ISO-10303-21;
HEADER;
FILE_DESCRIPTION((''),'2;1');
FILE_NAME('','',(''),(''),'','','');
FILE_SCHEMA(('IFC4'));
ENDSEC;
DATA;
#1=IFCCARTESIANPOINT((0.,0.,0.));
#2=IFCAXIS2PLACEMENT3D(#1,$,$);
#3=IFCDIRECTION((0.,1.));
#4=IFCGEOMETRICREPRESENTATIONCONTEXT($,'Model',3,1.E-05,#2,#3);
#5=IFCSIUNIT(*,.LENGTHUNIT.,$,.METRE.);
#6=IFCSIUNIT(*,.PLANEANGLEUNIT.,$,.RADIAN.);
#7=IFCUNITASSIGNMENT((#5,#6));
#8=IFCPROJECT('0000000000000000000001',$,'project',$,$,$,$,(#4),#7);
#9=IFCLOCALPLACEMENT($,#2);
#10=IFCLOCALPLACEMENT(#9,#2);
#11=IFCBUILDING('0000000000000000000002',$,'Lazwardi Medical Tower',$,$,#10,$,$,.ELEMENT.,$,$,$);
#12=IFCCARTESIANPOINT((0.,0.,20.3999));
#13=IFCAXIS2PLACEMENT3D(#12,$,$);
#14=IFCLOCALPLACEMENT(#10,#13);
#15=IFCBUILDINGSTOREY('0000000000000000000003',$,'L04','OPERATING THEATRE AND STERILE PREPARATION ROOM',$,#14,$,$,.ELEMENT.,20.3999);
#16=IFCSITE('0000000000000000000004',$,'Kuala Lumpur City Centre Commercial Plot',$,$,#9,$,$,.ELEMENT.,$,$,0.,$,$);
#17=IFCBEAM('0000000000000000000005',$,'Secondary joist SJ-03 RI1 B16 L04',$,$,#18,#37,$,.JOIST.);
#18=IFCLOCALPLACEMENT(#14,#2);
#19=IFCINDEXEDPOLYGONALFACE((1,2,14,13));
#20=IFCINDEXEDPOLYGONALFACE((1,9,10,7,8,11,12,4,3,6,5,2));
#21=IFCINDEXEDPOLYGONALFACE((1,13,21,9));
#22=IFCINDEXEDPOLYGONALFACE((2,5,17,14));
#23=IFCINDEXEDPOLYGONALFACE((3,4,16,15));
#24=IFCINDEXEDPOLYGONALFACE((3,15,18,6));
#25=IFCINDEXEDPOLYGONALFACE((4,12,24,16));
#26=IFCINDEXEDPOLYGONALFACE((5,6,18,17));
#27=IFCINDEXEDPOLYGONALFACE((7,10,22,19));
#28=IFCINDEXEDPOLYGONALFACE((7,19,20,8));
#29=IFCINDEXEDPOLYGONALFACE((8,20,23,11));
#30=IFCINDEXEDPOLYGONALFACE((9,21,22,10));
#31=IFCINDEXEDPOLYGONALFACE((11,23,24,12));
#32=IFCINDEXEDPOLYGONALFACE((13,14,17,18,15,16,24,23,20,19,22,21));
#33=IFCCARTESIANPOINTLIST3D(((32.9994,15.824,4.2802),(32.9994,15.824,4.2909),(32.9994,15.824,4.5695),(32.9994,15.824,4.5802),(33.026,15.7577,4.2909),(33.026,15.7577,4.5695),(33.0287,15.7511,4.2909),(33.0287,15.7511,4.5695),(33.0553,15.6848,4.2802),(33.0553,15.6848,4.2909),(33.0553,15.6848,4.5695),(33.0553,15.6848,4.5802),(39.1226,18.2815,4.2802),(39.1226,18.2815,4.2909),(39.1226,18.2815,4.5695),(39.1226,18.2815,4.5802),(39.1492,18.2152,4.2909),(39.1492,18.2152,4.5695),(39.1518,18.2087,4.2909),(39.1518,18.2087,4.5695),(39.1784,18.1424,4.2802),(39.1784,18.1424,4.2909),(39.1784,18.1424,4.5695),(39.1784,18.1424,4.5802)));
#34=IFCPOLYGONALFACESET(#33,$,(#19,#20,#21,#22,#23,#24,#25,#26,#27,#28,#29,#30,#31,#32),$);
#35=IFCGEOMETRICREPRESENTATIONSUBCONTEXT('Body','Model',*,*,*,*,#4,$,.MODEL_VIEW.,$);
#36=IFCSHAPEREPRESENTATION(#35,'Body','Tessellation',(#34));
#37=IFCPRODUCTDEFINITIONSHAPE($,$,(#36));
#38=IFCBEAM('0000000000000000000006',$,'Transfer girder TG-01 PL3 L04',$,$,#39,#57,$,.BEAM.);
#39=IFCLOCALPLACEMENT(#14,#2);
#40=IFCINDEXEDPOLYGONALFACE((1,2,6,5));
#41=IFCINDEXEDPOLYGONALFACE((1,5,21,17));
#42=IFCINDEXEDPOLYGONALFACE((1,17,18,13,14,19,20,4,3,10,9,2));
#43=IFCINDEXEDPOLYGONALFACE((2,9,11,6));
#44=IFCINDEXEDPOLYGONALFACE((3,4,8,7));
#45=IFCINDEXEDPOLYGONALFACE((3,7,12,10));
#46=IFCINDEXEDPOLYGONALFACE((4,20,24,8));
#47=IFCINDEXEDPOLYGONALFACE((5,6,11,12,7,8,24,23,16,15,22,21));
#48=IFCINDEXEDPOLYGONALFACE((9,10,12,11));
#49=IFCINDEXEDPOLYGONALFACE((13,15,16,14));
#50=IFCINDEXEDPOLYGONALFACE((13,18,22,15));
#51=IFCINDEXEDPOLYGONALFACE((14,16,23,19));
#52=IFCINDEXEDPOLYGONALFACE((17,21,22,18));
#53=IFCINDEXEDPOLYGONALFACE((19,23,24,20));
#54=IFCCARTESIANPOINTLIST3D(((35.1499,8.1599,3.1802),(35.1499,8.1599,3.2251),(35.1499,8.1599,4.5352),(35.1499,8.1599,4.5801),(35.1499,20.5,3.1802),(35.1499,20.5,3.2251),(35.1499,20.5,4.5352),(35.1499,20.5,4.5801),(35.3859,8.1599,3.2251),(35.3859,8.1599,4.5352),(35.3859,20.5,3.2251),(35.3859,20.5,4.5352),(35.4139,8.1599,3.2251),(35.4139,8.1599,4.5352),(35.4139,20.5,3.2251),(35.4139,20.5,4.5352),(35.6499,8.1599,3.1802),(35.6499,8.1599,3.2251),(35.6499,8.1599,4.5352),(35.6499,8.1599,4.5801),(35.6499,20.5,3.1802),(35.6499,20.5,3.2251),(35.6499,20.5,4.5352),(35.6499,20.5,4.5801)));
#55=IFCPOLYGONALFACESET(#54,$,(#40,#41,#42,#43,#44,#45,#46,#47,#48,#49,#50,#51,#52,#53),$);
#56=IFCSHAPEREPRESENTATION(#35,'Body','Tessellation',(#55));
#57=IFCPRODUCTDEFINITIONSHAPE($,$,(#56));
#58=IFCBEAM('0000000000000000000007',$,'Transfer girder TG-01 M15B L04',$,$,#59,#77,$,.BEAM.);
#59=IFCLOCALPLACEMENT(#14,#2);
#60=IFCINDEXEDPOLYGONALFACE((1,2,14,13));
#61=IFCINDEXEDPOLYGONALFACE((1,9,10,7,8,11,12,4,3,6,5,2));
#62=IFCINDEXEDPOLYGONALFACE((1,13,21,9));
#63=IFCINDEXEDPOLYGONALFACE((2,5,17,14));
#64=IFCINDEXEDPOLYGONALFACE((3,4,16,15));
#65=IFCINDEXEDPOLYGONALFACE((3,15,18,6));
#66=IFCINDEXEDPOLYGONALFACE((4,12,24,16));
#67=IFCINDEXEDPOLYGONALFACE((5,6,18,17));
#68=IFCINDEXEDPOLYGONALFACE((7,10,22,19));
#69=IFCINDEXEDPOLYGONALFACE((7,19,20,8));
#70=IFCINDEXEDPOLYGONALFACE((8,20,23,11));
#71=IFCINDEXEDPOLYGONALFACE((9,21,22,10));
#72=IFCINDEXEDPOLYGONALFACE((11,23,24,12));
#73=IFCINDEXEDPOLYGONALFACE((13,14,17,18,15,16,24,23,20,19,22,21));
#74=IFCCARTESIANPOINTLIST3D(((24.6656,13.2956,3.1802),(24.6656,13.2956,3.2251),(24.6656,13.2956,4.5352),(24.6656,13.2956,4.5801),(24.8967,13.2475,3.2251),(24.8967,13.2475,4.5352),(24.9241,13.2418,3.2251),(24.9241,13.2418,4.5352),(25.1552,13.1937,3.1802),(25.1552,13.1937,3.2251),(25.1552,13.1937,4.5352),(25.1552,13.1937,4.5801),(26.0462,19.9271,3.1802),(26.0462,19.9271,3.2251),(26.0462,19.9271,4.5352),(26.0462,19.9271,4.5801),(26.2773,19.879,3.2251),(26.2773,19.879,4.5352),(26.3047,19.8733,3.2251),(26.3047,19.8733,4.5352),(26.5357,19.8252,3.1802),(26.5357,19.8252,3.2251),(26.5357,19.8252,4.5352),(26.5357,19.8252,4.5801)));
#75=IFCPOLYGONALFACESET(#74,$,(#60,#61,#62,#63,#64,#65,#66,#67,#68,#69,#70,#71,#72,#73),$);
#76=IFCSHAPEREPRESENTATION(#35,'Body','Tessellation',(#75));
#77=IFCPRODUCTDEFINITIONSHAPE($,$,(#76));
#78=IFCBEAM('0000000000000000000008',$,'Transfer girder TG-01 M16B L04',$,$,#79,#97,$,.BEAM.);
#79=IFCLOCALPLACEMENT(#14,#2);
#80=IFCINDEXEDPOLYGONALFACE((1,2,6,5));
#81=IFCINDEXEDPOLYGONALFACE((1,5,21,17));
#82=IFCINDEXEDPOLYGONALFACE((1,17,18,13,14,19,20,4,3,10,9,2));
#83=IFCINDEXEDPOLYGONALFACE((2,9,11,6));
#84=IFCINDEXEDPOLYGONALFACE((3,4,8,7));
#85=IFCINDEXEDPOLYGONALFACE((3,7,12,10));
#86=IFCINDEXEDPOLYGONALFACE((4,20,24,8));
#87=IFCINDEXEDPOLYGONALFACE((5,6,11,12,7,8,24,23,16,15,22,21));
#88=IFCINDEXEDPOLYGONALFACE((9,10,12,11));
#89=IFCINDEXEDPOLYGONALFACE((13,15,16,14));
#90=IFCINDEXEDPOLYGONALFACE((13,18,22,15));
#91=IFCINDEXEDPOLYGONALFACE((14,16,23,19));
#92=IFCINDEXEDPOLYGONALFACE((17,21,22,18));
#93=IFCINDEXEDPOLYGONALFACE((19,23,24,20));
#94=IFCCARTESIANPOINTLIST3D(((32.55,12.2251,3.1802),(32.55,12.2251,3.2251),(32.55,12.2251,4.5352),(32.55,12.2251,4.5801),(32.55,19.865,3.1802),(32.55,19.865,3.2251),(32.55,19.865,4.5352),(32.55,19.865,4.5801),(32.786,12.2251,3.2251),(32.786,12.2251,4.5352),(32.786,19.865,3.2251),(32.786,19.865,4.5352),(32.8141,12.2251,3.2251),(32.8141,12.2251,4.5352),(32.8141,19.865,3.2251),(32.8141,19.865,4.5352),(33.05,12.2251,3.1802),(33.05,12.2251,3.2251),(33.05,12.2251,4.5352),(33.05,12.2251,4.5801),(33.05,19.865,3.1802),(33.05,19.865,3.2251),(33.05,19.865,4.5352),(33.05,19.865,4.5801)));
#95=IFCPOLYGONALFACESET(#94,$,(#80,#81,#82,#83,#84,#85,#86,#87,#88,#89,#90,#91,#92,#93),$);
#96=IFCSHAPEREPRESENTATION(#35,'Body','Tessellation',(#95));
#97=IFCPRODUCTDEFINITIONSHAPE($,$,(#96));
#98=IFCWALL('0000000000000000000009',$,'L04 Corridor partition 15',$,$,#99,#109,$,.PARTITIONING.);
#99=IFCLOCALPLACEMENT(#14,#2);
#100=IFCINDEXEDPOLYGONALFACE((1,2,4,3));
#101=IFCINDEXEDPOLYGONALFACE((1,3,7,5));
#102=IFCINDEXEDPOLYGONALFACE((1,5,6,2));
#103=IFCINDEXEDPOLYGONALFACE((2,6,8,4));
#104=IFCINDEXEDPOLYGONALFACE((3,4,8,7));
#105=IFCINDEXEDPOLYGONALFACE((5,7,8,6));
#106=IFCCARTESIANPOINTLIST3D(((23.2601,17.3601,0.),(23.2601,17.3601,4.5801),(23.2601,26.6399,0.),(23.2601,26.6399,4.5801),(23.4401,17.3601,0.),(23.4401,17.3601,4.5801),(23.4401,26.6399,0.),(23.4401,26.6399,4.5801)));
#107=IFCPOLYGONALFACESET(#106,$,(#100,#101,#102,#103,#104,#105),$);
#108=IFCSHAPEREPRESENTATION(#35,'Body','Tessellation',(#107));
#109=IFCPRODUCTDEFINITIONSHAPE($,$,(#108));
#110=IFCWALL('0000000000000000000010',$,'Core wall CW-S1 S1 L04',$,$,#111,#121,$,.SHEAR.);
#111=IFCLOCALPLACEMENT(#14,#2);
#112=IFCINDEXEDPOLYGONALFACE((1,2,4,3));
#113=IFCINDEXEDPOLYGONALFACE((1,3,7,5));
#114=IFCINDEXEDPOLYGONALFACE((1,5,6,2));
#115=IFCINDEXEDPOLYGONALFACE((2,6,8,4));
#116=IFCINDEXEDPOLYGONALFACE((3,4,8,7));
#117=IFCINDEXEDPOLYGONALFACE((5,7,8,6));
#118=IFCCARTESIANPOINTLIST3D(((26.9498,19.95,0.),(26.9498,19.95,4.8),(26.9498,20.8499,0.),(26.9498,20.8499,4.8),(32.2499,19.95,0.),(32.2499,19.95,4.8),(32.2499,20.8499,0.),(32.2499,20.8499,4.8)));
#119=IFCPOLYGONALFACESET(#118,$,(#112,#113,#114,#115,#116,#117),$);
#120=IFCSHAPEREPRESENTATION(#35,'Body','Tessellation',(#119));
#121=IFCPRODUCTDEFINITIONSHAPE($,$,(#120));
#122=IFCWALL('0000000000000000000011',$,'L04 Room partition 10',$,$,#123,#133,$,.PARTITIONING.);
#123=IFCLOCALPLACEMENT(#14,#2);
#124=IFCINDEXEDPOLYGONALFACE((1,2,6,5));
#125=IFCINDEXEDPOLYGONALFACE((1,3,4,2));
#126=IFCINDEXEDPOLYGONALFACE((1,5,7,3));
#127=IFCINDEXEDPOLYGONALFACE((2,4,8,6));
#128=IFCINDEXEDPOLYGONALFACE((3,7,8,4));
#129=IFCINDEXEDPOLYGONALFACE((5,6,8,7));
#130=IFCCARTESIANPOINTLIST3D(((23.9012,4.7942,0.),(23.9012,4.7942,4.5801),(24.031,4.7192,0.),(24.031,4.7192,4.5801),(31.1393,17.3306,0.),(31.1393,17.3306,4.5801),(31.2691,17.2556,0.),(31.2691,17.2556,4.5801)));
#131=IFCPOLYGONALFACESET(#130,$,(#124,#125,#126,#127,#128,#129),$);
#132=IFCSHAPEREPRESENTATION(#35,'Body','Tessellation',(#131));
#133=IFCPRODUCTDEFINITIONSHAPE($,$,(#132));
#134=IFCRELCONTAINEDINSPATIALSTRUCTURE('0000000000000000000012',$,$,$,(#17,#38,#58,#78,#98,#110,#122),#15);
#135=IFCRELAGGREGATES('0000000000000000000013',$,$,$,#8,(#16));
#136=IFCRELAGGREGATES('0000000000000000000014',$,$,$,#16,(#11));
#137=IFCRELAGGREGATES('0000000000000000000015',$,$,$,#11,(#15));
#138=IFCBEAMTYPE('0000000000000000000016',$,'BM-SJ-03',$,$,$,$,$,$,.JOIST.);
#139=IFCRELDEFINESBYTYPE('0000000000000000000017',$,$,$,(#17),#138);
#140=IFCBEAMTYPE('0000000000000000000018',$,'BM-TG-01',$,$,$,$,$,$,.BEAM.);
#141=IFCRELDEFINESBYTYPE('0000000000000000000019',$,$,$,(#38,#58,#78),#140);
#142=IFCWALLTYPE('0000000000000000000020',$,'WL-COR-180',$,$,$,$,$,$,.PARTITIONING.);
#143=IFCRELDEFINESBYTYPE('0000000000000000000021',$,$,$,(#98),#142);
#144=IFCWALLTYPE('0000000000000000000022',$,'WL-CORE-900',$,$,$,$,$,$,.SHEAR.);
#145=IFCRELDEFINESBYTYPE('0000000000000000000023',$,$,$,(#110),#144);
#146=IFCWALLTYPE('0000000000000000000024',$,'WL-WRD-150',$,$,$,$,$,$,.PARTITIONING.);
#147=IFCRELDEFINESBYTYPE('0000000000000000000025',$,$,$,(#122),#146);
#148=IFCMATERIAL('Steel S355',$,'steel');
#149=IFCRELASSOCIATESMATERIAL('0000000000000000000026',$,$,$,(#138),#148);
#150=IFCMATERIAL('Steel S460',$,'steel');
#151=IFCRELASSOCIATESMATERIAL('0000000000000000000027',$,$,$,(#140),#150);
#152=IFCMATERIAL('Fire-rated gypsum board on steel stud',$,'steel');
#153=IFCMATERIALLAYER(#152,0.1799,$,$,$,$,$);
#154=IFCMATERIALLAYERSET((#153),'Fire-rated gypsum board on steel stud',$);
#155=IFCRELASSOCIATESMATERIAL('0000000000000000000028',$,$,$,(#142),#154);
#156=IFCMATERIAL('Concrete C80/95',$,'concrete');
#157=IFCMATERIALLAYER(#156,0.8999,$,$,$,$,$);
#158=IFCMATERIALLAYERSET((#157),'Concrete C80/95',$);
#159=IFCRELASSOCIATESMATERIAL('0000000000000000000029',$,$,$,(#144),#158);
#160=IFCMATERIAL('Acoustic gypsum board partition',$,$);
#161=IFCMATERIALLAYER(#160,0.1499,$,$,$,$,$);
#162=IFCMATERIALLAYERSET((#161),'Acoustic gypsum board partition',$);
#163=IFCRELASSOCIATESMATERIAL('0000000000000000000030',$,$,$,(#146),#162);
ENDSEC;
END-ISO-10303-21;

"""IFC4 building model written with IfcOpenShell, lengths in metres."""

from ifc_helpers import new_model, si_unit, direction, frame, frame_2d, origin, origin_2d, place, context, subcontext, project, spatial, rectangle, i_section, extrude, material, layer, layer_set, material_profile, profile_set, type_object, element, save


model = new_model("IFC4")

# Units and contexts
model_context = context("Model", 3, precision=1e-05, world=origin(), true_north=direction((0.0, 1.0)))
body_context = subcontext(model_context, "Body", "Model", "MODEL_VIEW")
ifc_project = project(units=[si_unit("LENGTHUNIT", "METRE"), si_unit("PLANEANGLEUNIT", "RADIAN")], contexts=[model_context])

# Site, building, storey
site_placement = place(None, origin())
site = spatial("IfcSite", under=ifc_project, at=site_placement, Name="Kuala Lumpur City Centre Commercial Plot", CompositionType="ELEMENT", RefElevation=0.0)
building_placement = place(site_placement, origin())
building = spatial("IfcBuilding", under=site, at=building_placement, Name="Lazwardi Medical Tower", CompositionType="ELEMENT")
storey_placement = place(building_placement, frame((0.0, 0.0, 20.3999)))
storey = spatial("IfcBuildingStorey", under=building, at=storey_placement, Name="L04", Description="OPERATING THEATRE AND STERILE PREPARATION ROOM", CompositionType="ELEMENT", Elevation=20.3999)

# Shared definitions
ifc_material_1 = material(Name="Concrete C80/95", Category="concrete")

# Beams
ifc_material_2 = material(Name="Steel S460", Category="steel")
ifc_material_3 = material(Name="Steel S355", Category="steel")
ifc_material_profile_1 = material_profile(ifc_material_3, i_section(OverallWidth=0.1499, OverallDepth=0.3, WebThickness=0.0071, FlangeThickness=0.0107, at=origin_2d()), Name="IPE 300")
ifc_profile_set_1 = profile_set([ifc_material_profile_1], Name="Steel S355")
beam_type_1 = type_object("IfcBeamType", Name="BM-SJ-03", PredefinedType="JOIST", material=ifc_profile_set_1)
beam_1_placement = place(storey_placement, frame((33.0273, 15.7544, 4.4302), z_axis=(0.928042, 0.372475, 0.0), x_axis=(-0.372475, 0.928042, 0.0)))
element("IfcBeam", 1, at=beam_1_placement, inside=storey, type_object=beam_type_1, Name="Secondary joist SJ-03 RI1 B16 L04", PredefinedType="JOIST", context=body_context, shape_type="SweptSolid", body=[
    extrude(i_section(OverallWidth=0.1499, OverallDepth=0.3, WebThickness=0.0071, FlangeThickness=0.0107, at=origin_2d()), origin(), (0.0, 0.0, 1.0), 6.5979),
])
ifc_material_profile_2 = material_profile(ifc_material_2, i_section(OverallWidth=0.5, OverallDepth=1.3999, WebThickness=0.0281, FlangeThickness=0.0449, at=origin_2d()), Name="PG 1400x500")
ifc_profile_set_2 = profile_set([ifc_material_profile_2], Name="Steel S460")
beam_type_2 = type_object("IfcBeamType", Name="BM-TG-01", PredefinedType="BEAM", material=ifc_profile_set_2)
beam_2_placement = place(storey_placement, frame((35.3999, 8.1599, 3.8801), z_axis=(0.0, 1.0, 0.0), x_axis=(-1.0, 0.0, 0.0)))
element("IfcBeam", 2, at=beam_2_placement, inside=storey, type_object=beam_type_2, Name="Transfer girder TG-01 PL3 L04", PredefinedType="BEAM", context=body_context, shape_type="SweptSolid", body=[
    extrude(i_section(OverallWidth=0.5, OverallDepth=1.3999, WebThickness=0.0281, FlangeThickness=0.0449, at=origin_2d()), origin(), (0.0, 0.0, 1.0), 12.3401),
])
beam_3_placement = place(storey_placement, frame((24.9104, 13.2446, 3.8801), z_axis=(0.203818, 0.979009, 0.0), x_axis=(-0.979009, 0.203818, 0.0)))
element("IfcBeam", 3, at=beam_3_placement, inside=storey, type_object=beam_type_2, Name="Transfer girder TG-01 M15B L04", PredefinedType="BEAM", context=body_context, shape_type="SweptSolid", body=[
    extrude(i_section(OverallWidth=0.5, OverallDepth=1.3999, WebThickness=0.0281, FlangeThickness=0.0449, at=origin_2d()), origin(), (0.0, 0.0, 1.0), 6.7737),
])
beam_4_placement = place(storey_placement, frame((32.8, 12.2251, 3.8801), z_axis=(0.0, 1.0, 0.0), x_axis=(-1.0, 0.0, 0.0)))
element("IfcBeam", 4, at=beam_4_placement, inside=storey, type_object=beam_type_2, Name="Transfer girder TG-01 M16B L04", PredefinedType="BEAM", context=body_context, shape_type="SweptSolid", body=[
    extrude(i_section(OverallWidth=0.5, OverallDepth=1.3999, WebThickness=0.0281, FlangeThickness=0.0449, at=origin_2d()), origin(), (0.0, 0.0, 1.0), 7.6399),
])

# Walls
ifc_material_4 = material(Name="Fire-rated gypsum board on steel stud", Category="steel")
ifc_layer_1 = layer(ifc_material_4, 0.1799)
ifc_layer_set_1 = layer_set([ifc_layer_1], Name="Fire-rated gypsum board on steel stud")
wall_type_1 = type_object("IfcWallType", Name="WL-COR-180", PredefinedType="PARTITIONING", material=ifc_layer_set_1)
wall_1_placement = place(storey_placement, frame((23.3501, 17.3601, 0.0), z_axis=(0.0, 0.0, 1.0), x_axis=(0.0, 1.0, 0.0)))
element("IfcWall", 5, at=wall_1_placement, inside=storey, type_object=wall_type_1, Name="L04 Corridor partition 15", PredefinedType="PARTITIONING", context=body_context, shape_type="SweptSolid", body=[
    extrude(rectangle(XDim=9.2798, YDim=0.1799, at=frame_2d((4.6399, 0.0))), origin(), (0.0, 0.0, 1.0), 4.5801),
])
ifc_layer_2 = layer(ifc_material_1, 0.8999)
ifc_layer_set_2 = layer_set([ifc_layer_2], Name="Concrete C80/95")
wall_type_2 = type_object("IfcWallType", Name="WL-CORE-900", PredefinedType="SHEAR", material=ifc_layer_set_2)
wall_2_placement = place(storey_placement, frame((26.95, 20.3999, 0.0), z_axis=(0.0, 0.0, 1.0), x_axis=(1.0, 0.0, 0.0)))
element("IfcWall", 6, at=wall_2_placement, inside=storey, type_object=wall_type_2, Name="Core wall CW-S1 S1 L04", PredefinedType="SHEAR", context=body_context, shape_type="SweptSolid", body=[
    extrude(rectangle(XDim=5.3, YDim=0.8999, at=frame_2d((2.6499, 0.0))), origin(), (0.0, 0.0, 1.0), 4.8),
])
ifc_material_5 = material(Name="Acoustic gypsum board partition")
ifc_layer_3 = layer(ifc_material_5, 0.1499)
ifc_layer_set_3 = layer_set([ifc_layer_3], Name="Acoustic gypsum board partition")
wall_type_3 = type_object("IfcWallType", Name="WL-WRD-150", PredefinedType="PARTITIONING", material=ifc_layer_set_3)
wall_3_placement = place(storey_placement, frame((31.2041, 17.293, 0.0), z_axis=(0.0, 0.0, 1.0), x_axis=(-0.500008, -0.866021, 0.0)))
element("IfcWall", 7, at=wall_3_placement, inside=storey, type_object=wall_type_3, Name="L04 Room partition 10", PredefinedType="PARTITIONING", context=body_context, shape_type="SweptSolid", body=[
    extrude(rectangle(XDim=14.4758, YDim=0.1499, at=frame_2d((7.2378, 0.0))), origin(), (0.0, 0.0, 1.0), 4.5801),
])

save(model, "model.ifc")
